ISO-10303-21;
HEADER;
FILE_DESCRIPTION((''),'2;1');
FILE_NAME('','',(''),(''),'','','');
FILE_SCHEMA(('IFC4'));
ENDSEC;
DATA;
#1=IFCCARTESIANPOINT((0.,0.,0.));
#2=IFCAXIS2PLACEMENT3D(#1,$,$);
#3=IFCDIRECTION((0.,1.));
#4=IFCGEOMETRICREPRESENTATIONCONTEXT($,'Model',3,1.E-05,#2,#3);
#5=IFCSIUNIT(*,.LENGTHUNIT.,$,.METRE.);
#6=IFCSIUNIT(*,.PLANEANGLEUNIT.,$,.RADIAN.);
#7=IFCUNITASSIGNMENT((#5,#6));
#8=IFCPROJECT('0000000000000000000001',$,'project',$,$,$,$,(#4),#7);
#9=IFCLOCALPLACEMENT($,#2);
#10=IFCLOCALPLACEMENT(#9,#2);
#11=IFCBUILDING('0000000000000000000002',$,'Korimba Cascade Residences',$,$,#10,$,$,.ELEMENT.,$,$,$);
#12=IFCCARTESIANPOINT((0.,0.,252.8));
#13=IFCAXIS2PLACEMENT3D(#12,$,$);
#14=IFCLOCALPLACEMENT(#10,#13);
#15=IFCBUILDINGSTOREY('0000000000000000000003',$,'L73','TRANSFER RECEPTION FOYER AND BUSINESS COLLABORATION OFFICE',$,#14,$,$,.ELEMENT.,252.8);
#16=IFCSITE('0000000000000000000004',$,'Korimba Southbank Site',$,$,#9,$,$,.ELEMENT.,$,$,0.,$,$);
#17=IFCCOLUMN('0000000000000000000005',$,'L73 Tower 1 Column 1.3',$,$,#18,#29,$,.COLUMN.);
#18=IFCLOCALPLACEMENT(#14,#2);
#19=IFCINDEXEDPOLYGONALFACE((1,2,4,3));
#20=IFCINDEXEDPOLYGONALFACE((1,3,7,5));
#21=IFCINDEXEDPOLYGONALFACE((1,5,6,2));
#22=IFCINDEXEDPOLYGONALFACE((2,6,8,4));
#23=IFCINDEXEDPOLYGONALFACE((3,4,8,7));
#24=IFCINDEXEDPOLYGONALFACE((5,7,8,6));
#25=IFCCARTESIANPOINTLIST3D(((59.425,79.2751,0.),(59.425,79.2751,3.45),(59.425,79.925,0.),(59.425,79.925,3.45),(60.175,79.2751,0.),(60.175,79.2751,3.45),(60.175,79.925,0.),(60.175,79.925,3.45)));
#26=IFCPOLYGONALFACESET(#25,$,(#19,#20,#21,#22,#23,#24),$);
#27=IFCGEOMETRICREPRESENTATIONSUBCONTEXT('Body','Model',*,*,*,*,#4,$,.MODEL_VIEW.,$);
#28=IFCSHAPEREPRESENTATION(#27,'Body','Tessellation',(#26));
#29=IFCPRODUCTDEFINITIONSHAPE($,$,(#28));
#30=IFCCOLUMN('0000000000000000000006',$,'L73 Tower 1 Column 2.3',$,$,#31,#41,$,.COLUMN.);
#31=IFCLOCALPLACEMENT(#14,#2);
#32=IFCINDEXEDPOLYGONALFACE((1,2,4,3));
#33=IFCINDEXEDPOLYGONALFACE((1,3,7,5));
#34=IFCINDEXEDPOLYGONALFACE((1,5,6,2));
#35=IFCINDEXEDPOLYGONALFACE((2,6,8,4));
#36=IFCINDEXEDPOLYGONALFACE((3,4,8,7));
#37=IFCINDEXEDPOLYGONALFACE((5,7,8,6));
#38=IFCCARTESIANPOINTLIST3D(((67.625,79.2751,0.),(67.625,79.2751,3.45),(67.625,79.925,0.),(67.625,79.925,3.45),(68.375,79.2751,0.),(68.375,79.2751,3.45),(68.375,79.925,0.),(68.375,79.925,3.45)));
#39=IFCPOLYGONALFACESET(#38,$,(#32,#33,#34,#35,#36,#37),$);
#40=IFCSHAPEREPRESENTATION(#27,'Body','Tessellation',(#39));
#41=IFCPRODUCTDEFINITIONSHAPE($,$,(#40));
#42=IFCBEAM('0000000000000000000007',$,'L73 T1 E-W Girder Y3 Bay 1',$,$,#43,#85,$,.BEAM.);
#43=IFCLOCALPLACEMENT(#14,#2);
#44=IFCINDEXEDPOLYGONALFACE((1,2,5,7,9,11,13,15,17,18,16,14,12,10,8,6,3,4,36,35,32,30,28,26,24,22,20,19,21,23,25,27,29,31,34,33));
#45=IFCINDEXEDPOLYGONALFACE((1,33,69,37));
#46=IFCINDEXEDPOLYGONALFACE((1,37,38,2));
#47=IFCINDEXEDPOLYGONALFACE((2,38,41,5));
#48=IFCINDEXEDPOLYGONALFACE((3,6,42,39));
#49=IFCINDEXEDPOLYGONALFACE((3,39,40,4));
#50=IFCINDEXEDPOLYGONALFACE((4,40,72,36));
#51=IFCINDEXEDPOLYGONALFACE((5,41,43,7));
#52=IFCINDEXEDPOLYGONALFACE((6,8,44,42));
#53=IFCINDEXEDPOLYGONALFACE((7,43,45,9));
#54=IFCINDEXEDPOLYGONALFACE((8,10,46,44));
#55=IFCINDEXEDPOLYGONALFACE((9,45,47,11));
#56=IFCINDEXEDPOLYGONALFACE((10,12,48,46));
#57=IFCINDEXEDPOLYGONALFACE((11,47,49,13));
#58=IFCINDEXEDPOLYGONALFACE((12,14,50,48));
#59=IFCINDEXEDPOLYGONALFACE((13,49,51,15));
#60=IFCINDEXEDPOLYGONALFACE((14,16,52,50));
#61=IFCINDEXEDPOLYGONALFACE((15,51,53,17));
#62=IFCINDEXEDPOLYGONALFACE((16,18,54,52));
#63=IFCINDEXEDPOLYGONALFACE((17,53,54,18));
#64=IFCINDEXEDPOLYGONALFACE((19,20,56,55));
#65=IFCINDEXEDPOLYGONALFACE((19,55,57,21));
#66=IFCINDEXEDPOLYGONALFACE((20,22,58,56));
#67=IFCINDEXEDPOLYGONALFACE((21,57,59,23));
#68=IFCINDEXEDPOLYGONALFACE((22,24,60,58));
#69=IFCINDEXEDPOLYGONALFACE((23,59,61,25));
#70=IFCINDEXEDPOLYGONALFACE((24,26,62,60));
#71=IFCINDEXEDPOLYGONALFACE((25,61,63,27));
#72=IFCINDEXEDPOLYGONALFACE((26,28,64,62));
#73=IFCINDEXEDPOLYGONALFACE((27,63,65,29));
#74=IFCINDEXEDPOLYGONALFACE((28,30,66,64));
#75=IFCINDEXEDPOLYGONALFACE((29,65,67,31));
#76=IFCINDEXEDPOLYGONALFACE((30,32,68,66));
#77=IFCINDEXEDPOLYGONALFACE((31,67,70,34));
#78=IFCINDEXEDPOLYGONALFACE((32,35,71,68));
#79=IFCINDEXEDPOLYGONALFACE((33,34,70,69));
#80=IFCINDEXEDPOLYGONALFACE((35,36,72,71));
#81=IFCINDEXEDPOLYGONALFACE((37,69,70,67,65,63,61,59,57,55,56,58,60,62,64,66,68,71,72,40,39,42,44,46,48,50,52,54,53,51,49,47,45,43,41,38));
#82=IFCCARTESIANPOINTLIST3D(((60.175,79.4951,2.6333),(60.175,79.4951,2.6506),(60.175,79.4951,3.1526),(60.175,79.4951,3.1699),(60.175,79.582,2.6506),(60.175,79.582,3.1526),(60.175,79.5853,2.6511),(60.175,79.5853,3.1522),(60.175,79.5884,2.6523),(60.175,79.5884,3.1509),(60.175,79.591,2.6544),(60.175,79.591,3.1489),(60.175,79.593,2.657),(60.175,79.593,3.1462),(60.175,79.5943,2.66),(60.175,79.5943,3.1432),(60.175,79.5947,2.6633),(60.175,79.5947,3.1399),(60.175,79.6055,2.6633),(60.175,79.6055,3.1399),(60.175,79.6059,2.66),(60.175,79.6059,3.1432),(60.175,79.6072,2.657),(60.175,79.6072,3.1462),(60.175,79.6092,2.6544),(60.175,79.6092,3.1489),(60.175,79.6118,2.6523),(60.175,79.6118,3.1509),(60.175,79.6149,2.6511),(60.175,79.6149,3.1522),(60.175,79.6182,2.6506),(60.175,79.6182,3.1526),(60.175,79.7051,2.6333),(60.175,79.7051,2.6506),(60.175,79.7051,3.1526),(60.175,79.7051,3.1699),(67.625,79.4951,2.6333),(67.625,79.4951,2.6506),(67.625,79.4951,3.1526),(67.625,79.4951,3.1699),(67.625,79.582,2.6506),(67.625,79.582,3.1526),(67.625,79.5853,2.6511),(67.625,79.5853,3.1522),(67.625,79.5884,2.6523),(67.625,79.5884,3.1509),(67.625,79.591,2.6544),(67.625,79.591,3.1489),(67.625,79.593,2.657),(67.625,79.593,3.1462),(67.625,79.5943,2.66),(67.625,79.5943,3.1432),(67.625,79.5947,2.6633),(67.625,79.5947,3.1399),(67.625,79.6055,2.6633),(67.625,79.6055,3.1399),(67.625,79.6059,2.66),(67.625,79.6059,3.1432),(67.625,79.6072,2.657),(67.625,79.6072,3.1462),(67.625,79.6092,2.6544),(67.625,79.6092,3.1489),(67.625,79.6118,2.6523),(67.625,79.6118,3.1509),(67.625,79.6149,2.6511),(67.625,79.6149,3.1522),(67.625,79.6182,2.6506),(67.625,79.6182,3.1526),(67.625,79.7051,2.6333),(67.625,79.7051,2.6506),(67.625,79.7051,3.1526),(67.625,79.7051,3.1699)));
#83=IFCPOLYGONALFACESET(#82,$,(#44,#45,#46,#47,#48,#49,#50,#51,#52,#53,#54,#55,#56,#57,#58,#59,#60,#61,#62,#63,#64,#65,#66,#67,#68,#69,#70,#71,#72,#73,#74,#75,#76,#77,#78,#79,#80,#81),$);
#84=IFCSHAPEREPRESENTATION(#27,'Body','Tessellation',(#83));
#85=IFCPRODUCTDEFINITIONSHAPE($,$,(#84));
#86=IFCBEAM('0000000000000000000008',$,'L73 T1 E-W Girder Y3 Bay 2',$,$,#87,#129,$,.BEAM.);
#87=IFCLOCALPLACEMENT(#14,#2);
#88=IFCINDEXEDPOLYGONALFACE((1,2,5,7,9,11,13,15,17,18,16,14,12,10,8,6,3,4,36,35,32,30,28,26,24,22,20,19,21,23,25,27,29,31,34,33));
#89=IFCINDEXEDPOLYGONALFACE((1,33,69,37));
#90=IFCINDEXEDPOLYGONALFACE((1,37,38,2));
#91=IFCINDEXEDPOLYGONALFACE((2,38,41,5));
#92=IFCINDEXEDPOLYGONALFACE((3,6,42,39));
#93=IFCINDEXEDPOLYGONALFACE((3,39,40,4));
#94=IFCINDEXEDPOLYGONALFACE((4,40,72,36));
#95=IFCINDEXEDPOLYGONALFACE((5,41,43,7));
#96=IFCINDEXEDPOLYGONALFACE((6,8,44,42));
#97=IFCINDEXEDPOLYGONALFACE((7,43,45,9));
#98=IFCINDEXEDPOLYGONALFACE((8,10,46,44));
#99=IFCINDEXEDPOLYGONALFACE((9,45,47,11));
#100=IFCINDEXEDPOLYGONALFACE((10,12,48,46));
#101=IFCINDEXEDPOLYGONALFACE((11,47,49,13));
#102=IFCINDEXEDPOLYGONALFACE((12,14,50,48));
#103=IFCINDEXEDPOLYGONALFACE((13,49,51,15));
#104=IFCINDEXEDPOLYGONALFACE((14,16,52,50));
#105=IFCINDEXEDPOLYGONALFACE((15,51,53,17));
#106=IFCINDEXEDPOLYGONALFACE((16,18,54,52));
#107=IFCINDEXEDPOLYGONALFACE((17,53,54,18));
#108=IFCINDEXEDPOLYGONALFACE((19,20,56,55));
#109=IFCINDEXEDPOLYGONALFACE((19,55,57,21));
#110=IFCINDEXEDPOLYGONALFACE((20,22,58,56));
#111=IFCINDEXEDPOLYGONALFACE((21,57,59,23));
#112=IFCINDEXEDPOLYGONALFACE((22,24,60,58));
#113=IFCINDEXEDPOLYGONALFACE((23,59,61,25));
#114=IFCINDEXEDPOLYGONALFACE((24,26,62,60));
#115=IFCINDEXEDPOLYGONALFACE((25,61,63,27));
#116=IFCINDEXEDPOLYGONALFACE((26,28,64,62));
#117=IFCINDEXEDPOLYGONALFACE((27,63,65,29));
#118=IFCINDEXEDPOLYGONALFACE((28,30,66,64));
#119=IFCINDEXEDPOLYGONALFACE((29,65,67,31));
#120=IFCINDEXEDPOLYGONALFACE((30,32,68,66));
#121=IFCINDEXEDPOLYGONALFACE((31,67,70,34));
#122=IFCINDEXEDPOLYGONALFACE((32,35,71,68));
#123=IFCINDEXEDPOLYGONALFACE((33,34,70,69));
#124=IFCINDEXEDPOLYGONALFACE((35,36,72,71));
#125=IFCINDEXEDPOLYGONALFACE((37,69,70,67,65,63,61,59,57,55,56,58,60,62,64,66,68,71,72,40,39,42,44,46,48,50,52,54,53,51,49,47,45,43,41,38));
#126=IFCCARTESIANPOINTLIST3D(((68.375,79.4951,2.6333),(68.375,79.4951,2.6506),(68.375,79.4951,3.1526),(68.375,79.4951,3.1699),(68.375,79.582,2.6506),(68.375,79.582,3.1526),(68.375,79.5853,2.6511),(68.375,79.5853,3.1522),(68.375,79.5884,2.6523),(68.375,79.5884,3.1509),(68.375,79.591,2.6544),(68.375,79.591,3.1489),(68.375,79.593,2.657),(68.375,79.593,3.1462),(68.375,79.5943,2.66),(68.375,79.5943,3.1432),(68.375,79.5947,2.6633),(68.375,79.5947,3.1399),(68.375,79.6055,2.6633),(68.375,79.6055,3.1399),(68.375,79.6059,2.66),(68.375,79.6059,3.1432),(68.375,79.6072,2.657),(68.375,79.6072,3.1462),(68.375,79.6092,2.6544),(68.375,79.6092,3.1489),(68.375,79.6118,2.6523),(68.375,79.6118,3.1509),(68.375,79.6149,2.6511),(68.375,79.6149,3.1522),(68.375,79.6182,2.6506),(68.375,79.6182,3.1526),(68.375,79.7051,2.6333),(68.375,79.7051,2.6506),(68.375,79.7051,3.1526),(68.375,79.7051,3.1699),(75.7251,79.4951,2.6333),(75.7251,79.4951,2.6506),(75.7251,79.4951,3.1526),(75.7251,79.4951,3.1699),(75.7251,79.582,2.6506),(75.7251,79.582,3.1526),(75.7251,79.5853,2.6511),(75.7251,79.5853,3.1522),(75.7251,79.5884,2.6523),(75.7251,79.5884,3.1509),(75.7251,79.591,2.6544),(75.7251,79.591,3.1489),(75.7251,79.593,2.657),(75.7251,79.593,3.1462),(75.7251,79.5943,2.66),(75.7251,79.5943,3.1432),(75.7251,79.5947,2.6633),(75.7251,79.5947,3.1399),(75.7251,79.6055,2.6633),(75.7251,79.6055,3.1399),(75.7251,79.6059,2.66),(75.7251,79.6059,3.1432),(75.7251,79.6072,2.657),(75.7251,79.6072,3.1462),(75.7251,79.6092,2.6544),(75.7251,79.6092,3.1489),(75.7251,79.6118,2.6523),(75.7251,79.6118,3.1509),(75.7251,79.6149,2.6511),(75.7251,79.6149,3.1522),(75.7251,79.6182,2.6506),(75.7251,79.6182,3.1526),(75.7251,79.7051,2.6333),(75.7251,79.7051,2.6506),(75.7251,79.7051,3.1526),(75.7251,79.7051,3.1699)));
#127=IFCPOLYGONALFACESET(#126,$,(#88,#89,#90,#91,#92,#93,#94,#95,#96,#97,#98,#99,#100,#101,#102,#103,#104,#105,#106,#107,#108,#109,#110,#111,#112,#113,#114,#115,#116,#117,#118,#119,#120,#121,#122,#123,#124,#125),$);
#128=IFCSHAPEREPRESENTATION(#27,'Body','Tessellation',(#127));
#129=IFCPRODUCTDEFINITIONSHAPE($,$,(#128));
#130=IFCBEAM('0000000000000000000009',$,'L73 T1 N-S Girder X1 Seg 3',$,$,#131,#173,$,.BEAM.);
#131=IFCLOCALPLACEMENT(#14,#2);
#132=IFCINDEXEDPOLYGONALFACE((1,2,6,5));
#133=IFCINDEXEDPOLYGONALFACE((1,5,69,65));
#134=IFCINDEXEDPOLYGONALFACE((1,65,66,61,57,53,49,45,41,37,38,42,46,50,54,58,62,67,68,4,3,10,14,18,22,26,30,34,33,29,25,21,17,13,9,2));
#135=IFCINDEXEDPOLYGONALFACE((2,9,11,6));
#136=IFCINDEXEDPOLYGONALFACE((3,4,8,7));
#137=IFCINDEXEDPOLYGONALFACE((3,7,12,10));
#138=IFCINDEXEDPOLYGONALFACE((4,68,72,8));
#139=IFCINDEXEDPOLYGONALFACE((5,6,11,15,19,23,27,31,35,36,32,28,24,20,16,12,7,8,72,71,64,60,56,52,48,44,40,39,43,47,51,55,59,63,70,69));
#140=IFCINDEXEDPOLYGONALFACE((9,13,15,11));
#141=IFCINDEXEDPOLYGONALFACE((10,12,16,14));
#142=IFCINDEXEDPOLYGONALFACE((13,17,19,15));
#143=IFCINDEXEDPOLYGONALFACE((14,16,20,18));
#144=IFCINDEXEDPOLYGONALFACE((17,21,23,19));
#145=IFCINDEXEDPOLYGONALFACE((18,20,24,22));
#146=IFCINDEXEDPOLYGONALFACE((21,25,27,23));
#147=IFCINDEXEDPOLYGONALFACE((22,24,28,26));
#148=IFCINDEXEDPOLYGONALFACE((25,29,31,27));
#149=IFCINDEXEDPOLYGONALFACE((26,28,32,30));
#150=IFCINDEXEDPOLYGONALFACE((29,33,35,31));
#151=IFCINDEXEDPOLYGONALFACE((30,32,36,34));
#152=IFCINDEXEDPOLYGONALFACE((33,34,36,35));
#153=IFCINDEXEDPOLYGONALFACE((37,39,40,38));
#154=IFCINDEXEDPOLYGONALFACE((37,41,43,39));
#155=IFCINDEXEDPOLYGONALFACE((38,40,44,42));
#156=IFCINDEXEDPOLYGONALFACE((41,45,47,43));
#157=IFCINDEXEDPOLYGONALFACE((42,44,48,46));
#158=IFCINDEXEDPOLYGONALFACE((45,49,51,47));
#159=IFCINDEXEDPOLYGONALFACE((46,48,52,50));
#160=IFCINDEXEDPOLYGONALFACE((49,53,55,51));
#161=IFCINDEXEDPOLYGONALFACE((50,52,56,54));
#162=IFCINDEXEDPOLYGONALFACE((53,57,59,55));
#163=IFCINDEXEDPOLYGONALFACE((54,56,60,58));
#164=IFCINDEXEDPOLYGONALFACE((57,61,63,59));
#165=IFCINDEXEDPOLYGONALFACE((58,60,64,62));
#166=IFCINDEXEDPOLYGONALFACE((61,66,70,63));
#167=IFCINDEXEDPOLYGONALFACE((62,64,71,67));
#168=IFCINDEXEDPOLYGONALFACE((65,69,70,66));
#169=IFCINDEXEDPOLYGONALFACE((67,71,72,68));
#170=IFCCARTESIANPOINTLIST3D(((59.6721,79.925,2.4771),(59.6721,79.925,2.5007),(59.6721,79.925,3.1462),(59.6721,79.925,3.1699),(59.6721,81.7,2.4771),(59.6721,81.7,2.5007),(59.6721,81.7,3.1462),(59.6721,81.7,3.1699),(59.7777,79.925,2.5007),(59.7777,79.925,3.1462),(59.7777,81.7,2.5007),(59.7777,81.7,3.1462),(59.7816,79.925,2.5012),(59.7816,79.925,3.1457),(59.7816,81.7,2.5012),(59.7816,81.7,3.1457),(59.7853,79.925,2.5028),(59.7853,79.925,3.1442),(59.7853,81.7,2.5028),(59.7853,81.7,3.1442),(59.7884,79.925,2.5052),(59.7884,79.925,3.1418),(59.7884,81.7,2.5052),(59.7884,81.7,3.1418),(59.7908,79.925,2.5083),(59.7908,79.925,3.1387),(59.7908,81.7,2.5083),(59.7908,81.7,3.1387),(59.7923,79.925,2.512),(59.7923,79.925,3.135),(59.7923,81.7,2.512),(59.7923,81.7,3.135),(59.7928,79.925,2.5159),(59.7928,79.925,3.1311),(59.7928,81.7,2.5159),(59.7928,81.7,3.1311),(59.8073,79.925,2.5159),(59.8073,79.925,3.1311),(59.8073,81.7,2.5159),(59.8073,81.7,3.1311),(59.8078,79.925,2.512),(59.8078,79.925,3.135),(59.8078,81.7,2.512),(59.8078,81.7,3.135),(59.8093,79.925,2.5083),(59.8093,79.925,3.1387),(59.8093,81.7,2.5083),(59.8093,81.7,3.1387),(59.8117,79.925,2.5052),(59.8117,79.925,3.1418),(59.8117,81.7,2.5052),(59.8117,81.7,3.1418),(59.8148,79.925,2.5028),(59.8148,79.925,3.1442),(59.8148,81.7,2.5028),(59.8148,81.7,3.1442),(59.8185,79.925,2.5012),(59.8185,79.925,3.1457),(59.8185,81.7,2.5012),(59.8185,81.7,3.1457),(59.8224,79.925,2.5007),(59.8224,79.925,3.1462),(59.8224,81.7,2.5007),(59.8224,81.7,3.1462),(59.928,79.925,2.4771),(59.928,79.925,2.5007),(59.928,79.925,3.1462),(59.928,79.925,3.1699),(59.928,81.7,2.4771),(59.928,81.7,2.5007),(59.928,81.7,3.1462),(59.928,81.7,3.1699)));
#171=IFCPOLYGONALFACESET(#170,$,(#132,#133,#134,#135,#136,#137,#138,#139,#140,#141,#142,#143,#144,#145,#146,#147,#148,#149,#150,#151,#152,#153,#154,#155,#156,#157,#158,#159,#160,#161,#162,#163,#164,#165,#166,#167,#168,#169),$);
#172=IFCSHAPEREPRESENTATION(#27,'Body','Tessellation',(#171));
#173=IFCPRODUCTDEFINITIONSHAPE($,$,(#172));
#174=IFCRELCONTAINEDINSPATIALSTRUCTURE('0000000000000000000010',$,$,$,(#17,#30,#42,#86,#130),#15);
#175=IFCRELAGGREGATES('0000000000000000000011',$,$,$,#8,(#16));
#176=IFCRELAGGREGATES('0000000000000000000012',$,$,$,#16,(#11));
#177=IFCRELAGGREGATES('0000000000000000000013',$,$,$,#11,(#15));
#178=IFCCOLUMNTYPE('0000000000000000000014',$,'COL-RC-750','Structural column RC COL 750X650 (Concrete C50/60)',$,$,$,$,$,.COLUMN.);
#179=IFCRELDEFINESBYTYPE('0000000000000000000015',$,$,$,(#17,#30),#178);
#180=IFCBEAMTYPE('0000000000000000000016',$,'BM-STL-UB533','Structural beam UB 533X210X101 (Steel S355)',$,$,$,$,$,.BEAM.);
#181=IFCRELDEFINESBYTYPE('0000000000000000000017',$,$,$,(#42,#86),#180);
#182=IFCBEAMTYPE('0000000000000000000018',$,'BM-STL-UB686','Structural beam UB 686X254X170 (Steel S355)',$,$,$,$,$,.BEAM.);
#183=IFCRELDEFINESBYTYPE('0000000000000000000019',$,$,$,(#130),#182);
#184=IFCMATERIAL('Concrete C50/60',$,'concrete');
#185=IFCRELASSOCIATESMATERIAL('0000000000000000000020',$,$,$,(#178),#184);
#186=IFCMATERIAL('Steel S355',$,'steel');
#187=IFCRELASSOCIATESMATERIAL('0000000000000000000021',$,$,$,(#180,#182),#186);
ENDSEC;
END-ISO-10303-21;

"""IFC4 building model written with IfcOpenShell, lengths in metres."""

from ifc_helpers import new_model, si_unit, direction, frame, origin, origin_2d, place, context, subcontext, project, spatial, rectangle, i_section, extrude, material, material_profile, profile_set, type_object, element, save


model = new_model("IFC4")

# Units and contexts
model_context = context("Model", 3, precision=1e-05, world=origin(), true_north=direction((0.0, 1.0)))
body_context = subcontext(model_context, "Body", "Model", "MODEL_VIEW")
ifc_project = project(units=[si_unit("LENGTHUNIT", "METRE"), si_unit("PLANEANGLEUNIT", "RADIAN")], contexts=[model_context])

# Site, building, storey
site_placement = place(None, origin())
site = spatial("IfcSite", under=ifc_project, at=site_placement, Name="Korimba Southbank Site", CompositionType="ELEMENT", RefElevation=0.0)
building_placement = place(site_placement, origin())
building = spatial("IfcBuilding", under=site, at=building_placement, Name="Korimba Cascade Residences", CompositionType="ELEMENT")
storey_placement = place(building_placement, frame((0.0, 0.0, 252.8)))
storey = spatial("IfcBuildingStorey", under=building, at=storey_placement, Name="L73", Description="TRANSFER RECEPTION FOYER AND BUSINESS COLLABORATION OFFICE", CompositionType="ELEMENT", Elevation=252.8)

# Columns
ifc_material_1 = material(Name="Concrete C50/60", Category="concrete")
ifc_material_profile_1 = material_profile(ifc_material_1, rectangle(XDim=0.75, YDim=0.6499, at=origin_2d()), Name="Concrete C50/60")
ifc_profile_set_1 = profile_set([ifc_material_profile_1], Name="Concrete C50/60")
column_type = type_object("IfcColumnType", Name="COL-RC-750", Description="Structural column RC COL 750X650 (Concrete C50/60)", PredefinedType="COLUMN", material=ifc_profile_set_1)
for number, where, z_axis, x_axis, name in (
    (1, (59.8, 79.6001, 0.0), (0.0, 0.0, 1.0), (1.0, 0.0, 0.0), "L73 Tower 1 Column 1.3"),
    (2, (68.0, 79.6001, 0.0), (0.0, 0.0, 1.0), (1.0, 0.0, 0.0), "L73 Tower 1 Column 2.3"),
):
    element("IfcColumn", number, at=place(storey_placement, frame(where, z_axis=z_axis, x_axis=x_axis)), inside=storey, type_object=column_type, Name=name, PredefinedType="COLUMN", context=body_context, shape_type="SweptSolid", body=[
        extrude(rectangle(XDim=0.75, YDim=0.6499, at=origin_2d()), origin(), (0.0, 0.0, 1.0), 3.45),
    ])

# Beams
ifc_material_2 = material(Name="Steel S355", Category="steel")
ifc_material_profile_2 = material_profile(ifc_material_2, i_section(OverallWidth=0.21, OverallDepth=0.5366, WebThickness=0.0107, FlangeThickness=0.0173, FilletRadius=0.0127, at=origin_2d()), Name="Steel S355")
ifc_profile_set_2 = profile_set([ifc_material_profile_2], Name="Steel S355")
beam_type_1 = type_object("IfcBeamType", Name="BM-STL-UB533", Description="Structural beam UB 533X210X101 (Steel S355)", PredefinedType="BEAM", material=ifc_profile_set_2)
beam_1_placement = place(storey_placement, frame((60.175, 79.6001, 2.9016), z_axis=(1.0, 0.0, 0.0), x_axis=(0.0, 1.0, 0.0)))
element("IfcBeam", 3, at=beam_1_placement, inside=storey, type_object=beam_type_1, Name="L73 T1 E-W Girder Y3 Bay 1", PredefinedType="BEAM", context=body_context, shape_type="SweptSolid", body=[
    extrude(i_section(OverallWidth=0.21, OverallDepth=0.5366, WebThickness=0.0107, FlangeThickness=0.0173, FilletRadius=0.0127, at=origin_2d()), origin(), (0.0, 0.0, 1.0), 7.45),
])
beam_2_placement = place(storey_placement, frame((68.375, 79.6001, 2.9016), z_axis=(1.0, 0.0, 0.0), x_axis=(0.0, 1.0, 0.0)))
element("IfcBeam", 4, at=beam_2_placement, inside=storey, type_object=beam_type_1, Name="L73 T1 E-W Girder Y3 Bay 2", PredefinedType="BEAM", context=body_context, shape_type="SweptSolid", body=[
    extrude(i_section(OverallWidth=0.21, OverallDepth=0.5366, WebThickness=0.0107, FlangeThickness=0.0173, FilletRadius=0.0127, at=origin_2d()), origin(), (0.0, 0.0, 1.0), 7.3501),
])
ifc_material_profile_3 = material_profile(ifc_material_2, i_section(OverallWidth=0.2559, OverallDepth=0.6929, WebThickness=0.0144, FlangeThickness=0.0237, FilletRadius=0.0151, at=origin_2d()), Name="Steel S355")
ifc_profile_set_3 = profile_set([ifc_material_profile_3], Name="Steel S355")
beam_type_2 = type_object("IfcBeamType", Name="BM-STL-UB686", Description="Structural beam UB 686X254X170 (Steel S355)", PredefinedType="BEAM", material=ifc_profile_set_3)
beam_3_placement = place(storey_placement, frame((59.8, 79.925, 2.8235), z_axis=(0.0, 1.0, 0.0), x_axis=(-1.0, 0.0, 0.0)))
element("IfcBeam", 5, at=beam_3_placement, inside=storey, type_object=beam_type_2, Name="L73 T1 N-S Girder X1 Seg 3", PredefinedType="BEAM", context=body_context, shape_type="SweptSolid", body=[
    extrude(i_section(OverallWidth=0.2559, OverallDepth=0.6929, WebThickness=0.0144, FlangeThickness=0.0237, FilletRadius=0.0151, at=origin_2d()), origin(), (0.0, 0.0, 1.0), 1.7749),
])

save(model, "model.ifc")
